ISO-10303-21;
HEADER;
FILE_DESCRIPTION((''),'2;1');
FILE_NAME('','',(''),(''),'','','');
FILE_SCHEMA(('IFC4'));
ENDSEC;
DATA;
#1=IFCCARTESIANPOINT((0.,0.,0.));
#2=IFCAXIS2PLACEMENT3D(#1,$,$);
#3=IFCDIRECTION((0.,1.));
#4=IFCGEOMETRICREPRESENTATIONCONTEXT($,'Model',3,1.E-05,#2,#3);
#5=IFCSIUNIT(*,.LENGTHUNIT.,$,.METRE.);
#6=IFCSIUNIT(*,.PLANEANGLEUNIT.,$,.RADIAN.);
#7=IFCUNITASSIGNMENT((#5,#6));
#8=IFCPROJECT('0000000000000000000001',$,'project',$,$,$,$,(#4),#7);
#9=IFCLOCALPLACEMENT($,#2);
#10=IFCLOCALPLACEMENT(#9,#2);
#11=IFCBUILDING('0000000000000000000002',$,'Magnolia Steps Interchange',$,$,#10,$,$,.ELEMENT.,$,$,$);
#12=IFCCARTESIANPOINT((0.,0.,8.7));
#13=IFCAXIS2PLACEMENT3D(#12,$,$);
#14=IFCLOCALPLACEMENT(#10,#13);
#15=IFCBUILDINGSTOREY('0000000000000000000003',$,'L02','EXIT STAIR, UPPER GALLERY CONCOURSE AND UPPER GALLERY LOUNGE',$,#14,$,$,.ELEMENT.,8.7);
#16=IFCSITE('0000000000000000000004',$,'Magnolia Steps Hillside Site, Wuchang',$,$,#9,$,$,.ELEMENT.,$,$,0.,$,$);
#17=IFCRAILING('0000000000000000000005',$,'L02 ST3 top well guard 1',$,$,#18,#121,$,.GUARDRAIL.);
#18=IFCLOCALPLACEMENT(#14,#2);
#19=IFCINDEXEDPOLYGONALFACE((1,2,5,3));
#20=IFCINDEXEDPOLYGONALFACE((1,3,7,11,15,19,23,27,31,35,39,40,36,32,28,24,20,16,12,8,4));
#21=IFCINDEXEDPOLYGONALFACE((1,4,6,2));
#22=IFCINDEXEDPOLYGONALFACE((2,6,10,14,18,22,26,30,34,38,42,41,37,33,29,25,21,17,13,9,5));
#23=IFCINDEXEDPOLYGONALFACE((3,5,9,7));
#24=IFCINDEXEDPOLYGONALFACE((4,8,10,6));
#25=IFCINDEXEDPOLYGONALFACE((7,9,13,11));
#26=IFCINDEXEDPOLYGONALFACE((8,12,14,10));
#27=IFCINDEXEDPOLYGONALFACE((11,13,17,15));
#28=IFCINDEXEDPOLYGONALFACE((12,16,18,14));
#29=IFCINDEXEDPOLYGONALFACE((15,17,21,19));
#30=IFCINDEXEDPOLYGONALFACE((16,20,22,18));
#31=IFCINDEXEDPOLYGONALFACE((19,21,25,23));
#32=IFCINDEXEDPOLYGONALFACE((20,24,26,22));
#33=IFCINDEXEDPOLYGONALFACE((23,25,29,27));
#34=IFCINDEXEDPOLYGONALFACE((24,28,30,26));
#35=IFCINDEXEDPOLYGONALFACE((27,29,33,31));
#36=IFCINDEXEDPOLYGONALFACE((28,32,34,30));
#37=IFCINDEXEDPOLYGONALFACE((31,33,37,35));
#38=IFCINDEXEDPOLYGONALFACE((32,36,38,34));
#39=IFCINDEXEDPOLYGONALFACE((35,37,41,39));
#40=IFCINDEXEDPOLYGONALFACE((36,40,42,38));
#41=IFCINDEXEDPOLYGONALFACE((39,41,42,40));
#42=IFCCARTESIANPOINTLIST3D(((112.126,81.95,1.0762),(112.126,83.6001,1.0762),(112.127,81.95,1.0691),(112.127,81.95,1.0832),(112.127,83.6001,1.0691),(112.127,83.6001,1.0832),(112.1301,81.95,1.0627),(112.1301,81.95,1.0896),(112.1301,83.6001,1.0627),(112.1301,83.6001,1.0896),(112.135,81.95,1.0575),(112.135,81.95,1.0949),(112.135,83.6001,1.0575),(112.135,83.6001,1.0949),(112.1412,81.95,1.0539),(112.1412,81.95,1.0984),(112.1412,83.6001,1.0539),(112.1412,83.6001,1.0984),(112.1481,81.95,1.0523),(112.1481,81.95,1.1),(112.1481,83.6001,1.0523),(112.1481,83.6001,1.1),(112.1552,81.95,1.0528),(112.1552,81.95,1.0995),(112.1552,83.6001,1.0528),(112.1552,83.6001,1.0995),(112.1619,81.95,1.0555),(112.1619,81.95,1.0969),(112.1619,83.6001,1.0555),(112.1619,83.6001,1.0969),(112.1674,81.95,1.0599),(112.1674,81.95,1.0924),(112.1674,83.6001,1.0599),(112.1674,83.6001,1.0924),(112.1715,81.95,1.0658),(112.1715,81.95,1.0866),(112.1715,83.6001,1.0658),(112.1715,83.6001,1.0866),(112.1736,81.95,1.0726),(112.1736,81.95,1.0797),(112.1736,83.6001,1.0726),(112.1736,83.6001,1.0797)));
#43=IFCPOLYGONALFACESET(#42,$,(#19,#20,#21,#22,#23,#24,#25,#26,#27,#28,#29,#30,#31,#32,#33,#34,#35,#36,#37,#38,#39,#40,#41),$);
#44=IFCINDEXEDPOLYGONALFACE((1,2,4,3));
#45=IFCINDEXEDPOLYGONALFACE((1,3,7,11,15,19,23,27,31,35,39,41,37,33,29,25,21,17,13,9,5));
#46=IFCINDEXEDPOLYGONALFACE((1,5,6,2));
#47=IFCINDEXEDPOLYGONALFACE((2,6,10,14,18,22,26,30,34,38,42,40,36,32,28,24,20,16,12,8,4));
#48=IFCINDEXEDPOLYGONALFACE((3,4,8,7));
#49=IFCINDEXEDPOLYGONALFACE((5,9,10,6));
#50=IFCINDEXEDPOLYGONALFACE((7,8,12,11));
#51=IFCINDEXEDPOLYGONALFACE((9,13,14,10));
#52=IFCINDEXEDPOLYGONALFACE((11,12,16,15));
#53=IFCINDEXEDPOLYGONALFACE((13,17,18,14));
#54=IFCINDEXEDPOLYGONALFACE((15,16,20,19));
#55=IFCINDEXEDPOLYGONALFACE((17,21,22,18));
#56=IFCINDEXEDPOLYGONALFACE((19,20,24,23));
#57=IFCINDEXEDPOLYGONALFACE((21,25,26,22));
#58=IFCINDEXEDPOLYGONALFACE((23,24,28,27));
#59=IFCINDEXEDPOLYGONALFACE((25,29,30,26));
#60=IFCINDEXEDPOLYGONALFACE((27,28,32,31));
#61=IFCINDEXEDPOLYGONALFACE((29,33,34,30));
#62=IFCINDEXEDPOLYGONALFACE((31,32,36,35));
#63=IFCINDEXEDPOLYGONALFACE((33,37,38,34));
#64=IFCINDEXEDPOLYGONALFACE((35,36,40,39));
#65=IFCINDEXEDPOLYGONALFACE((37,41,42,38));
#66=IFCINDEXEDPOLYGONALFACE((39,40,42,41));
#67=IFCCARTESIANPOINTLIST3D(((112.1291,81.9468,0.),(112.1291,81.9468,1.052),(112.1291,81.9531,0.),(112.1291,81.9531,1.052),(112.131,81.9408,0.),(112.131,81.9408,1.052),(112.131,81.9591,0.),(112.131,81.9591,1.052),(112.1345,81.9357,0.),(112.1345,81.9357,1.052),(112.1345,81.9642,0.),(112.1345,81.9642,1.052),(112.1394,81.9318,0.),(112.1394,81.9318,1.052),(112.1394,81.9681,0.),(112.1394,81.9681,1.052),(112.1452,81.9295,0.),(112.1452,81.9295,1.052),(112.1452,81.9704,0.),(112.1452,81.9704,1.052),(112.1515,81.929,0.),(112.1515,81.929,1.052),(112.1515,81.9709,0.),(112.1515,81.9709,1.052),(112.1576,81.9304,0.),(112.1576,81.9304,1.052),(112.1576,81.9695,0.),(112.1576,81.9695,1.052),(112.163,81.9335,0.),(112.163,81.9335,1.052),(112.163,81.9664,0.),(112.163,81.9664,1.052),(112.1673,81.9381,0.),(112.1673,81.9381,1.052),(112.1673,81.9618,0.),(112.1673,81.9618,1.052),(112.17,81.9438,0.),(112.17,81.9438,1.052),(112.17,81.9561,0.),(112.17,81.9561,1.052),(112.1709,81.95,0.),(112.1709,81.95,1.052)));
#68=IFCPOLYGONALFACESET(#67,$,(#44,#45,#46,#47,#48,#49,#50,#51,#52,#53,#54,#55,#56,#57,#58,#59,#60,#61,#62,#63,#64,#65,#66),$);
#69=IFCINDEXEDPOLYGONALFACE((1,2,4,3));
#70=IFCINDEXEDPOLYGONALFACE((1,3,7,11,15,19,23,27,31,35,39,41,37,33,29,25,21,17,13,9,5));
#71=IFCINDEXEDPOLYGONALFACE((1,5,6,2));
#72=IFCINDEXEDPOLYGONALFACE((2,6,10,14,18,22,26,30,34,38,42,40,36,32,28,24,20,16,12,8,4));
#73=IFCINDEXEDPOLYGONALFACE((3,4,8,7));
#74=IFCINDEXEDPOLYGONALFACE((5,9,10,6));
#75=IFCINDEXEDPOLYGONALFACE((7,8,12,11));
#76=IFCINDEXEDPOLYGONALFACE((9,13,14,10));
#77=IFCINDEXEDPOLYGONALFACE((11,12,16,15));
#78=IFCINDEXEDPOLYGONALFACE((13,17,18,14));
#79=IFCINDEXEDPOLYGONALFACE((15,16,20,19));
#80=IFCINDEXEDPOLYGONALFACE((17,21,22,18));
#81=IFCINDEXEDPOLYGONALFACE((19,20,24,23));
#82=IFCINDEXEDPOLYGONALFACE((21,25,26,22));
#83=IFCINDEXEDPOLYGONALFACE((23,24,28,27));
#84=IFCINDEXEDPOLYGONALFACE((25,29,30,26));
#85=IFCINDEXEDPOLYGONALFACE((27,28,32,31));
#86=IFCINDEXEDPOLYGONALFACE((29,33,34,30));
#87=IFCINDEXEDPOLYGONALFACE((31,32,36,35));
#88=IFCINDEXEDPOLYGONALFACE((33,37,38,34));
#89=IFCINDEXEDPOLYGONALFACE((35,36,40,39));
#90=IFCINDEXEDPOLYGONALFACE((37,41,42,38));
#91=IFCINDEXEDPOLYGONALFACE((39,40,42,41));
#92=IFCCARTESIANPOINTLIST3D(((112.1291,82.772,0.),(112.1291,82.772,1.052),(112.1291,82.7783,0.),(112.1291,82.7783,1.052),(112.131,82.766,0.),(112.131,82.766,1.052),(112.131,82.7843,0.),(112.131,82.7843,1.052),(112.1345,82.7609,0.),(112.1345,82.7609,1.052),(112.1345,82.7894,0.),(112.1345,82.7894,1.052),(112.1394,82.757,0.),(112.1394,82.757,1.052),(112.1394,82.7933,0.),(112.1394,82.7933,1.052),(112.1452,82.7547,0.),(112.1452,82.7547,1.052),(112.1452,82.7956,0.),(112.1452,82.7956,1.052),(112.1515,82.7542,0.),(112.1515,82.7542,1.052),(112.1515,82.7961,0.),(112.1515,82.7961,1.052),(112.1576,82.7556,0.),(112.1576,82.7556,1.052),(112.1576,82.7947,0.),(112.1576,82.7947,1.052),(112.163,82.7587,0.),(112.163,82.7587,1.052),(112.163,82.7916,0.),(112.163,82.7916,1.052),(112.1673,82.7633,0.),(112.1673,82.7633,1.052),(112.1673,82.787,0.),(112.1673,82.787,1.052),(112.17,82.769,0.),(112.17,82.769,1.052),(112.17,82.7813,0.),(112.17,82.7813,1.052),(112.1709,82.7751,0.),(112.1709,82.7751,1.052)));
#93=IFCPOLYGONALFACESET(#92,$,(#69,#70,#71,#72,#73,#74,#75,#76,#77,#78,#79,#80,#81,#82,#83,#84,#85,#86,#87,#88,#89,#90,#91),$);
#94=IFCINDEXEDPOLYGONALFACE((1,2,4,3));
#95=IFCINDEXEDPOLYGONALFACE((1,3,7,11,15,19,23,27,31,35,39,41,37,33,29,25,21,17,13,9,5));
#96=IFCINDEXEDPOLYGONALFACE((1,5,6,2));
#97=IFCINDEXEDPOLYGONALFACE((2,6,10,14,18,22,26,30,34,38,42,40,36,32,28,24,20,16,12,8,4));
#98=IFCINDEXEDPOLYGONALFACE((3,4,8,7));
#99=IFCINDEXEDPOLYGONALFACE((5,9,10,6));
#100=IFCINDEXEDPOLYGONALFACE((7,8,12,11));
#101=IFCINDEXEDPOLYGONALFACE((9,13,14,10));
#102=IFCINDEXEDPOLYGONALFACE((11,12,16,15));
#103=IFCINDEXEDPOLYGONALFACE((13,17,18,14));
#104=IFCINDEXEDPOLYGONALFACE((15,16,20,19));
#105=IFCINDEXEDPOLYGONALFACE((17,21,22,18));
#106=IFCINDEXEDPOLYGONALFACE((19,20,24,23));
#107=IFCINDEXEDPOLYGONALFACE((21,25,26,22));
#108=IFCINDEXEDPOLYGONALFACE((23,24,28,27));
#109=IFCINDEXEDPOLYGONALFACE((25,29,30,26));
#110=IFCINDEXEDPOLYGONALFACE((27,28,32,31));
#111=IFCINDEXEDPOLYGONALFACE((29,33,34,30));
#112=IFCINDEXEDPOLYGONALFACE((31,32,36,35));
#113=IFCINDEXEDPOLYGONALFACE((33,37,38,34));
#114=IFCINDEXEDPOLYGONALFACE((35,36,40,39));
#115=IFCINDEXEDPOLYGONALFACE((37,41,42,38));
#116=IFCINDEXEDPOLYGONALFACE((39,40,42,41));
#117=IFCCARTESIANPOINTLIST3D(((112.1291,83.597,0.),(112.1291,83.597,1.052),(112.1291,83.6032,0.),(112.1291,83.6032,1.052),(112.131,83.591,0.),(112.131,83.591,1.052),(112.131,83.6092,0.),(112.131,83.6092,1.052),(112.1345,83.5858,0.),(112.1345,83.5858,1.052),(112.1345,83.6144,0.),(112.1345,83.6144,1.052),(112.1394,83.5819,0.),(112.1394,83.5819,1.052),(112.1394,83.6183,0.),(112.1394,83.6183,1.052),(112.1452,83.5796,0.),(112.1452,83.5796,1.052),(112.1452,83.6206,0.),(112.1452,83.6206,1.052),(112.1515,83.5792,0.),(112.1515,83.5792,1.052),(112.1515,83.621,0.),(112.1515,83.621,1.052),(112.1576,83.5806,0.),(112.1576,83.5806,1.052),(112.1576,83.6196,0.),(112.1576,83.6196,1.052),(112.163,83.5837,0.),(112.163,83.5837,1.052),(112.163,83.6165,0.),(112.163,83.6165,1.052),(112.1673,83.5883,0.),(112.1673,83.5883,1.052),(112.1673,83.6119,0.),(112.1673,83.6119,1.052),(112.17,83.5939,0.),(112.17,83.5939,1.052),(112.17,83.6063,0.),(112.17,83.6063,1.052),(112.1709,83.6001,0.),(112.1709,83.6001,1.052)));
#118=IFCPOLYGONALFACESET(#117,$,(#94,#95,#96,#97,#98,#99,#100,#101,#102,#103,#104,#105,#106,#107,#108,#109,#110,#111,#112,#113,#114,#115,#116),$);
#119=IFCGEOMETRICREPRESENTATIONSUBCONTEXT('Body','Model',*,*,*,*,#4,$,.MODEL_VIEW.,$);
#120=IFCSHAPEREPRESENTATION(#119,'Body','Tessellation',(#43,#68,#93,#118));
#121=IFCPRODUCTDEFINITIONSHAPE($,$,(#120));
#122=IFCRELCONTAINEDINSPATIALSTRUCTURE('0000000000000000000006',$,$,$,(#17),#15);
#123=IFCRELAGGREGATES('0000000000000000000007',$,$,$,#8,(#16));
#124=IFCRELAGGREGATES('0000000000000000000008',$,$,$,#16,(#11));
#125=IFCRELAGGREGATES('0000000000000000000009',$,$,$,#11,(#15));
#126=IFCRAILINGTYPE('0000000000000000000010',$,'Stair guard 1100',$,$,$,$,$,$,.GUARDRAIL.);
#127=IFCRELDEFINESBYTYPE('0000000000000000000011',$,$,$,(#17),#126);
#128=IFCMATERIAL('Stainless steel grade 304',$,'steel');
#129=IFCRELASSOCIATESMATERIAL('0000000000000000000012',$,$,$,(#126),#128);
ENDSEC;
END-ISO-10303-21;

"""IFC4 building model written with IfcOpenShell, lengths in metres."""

from ifc_helpers import new_model, si_unit, direction, frame, origin, origin_2d, place, context, subcontext, project, spatial, circle, extrude, material, type_object, element, save


model = new_model("IFC4")

# Units and contexts
model_context = context("Model", 3, precision=1e-05, world=origin(), true_north=direction((0.0, 1.0)))
body_context = subcontext(model_context, "Body", "Model", "MODEL_VIEW")
ifc_project = project(units=[si_unit("LENGTHUNIT", "METRE"), si_unit("PLANEANGLEUNIT", "RADIAN")], contexts=[model_context])

# Site, building, storey
site_placement = place(None, origin())
site = spatial("IfcSite", under=ifc_project, at=site_placement, Name="Magnolia Steps Hillside Site, Wuchang", CompositionType="ELEMENT", RefElevation=0.0)
building_placement = place(site_placement, origin())
building = spatial("IfcBuilding", under=site, at=building_placement, Name="Magnolia Steps Interchange", CompositionType="ELEMENT")
storey_placement = place(building_placement, frame((0.0, 0.0, 8.7)))
storey = spatial("IfcBuildingStorey", under=building, at=storey_placement, Name="L02", Description="EXIT STAIR, UPPER GALLERY CONCOURSE AND UPPER GALLERY LOUNGE", CompositionType="ELEMENT", Elevation=8.7)

# Railing
ifc_material_1 = material(Name="Stainless steel grade 304", Category="steel")
railing_type = type_object("IfcRailingType", Name="Stair guard 1100", PredefinedType="GUARDRAIL", material=ifc_material_1)
railing_1_placement = place(storey_placement, frame((112.1499, 81.95, 0.0)))
element("IfcRailing", 1, at=railing_1_placement, inside=storey, type_object=railing_type, Name="L02 ST3 top well guard 1", PredefinedType="GUARDRAIL", context=body_context, shape_type="SweptSolid", body=[
    extrude(circle(Radius=0.0239, at=origin_2d()), frame((0.0, 0.0, 1.0762), z_axis=(0.0, 1.0, 0.0), x_axis=(-1.0, 0.0, 0.0)), (0.0, 0.0, 1.0), 1.6501),
    extrude(circle(Radius=0.021, at=origin_2d()), origin(), (0.0, 0.0, 1.0), 1.052),
    extrude(circle(Radius=0.021, at=origin_2d()), frame((0.0, 0.8252, 0.0)), (0.0, 0.0, 1.0), 1.052),
    extrude(circle(Radius=0.021, at=origin_2d()), frame((0.0, 1.6501, 0.0)), (0.0, 0.0, 1.0), 1.052),
])

save(model, "model.ifc")
